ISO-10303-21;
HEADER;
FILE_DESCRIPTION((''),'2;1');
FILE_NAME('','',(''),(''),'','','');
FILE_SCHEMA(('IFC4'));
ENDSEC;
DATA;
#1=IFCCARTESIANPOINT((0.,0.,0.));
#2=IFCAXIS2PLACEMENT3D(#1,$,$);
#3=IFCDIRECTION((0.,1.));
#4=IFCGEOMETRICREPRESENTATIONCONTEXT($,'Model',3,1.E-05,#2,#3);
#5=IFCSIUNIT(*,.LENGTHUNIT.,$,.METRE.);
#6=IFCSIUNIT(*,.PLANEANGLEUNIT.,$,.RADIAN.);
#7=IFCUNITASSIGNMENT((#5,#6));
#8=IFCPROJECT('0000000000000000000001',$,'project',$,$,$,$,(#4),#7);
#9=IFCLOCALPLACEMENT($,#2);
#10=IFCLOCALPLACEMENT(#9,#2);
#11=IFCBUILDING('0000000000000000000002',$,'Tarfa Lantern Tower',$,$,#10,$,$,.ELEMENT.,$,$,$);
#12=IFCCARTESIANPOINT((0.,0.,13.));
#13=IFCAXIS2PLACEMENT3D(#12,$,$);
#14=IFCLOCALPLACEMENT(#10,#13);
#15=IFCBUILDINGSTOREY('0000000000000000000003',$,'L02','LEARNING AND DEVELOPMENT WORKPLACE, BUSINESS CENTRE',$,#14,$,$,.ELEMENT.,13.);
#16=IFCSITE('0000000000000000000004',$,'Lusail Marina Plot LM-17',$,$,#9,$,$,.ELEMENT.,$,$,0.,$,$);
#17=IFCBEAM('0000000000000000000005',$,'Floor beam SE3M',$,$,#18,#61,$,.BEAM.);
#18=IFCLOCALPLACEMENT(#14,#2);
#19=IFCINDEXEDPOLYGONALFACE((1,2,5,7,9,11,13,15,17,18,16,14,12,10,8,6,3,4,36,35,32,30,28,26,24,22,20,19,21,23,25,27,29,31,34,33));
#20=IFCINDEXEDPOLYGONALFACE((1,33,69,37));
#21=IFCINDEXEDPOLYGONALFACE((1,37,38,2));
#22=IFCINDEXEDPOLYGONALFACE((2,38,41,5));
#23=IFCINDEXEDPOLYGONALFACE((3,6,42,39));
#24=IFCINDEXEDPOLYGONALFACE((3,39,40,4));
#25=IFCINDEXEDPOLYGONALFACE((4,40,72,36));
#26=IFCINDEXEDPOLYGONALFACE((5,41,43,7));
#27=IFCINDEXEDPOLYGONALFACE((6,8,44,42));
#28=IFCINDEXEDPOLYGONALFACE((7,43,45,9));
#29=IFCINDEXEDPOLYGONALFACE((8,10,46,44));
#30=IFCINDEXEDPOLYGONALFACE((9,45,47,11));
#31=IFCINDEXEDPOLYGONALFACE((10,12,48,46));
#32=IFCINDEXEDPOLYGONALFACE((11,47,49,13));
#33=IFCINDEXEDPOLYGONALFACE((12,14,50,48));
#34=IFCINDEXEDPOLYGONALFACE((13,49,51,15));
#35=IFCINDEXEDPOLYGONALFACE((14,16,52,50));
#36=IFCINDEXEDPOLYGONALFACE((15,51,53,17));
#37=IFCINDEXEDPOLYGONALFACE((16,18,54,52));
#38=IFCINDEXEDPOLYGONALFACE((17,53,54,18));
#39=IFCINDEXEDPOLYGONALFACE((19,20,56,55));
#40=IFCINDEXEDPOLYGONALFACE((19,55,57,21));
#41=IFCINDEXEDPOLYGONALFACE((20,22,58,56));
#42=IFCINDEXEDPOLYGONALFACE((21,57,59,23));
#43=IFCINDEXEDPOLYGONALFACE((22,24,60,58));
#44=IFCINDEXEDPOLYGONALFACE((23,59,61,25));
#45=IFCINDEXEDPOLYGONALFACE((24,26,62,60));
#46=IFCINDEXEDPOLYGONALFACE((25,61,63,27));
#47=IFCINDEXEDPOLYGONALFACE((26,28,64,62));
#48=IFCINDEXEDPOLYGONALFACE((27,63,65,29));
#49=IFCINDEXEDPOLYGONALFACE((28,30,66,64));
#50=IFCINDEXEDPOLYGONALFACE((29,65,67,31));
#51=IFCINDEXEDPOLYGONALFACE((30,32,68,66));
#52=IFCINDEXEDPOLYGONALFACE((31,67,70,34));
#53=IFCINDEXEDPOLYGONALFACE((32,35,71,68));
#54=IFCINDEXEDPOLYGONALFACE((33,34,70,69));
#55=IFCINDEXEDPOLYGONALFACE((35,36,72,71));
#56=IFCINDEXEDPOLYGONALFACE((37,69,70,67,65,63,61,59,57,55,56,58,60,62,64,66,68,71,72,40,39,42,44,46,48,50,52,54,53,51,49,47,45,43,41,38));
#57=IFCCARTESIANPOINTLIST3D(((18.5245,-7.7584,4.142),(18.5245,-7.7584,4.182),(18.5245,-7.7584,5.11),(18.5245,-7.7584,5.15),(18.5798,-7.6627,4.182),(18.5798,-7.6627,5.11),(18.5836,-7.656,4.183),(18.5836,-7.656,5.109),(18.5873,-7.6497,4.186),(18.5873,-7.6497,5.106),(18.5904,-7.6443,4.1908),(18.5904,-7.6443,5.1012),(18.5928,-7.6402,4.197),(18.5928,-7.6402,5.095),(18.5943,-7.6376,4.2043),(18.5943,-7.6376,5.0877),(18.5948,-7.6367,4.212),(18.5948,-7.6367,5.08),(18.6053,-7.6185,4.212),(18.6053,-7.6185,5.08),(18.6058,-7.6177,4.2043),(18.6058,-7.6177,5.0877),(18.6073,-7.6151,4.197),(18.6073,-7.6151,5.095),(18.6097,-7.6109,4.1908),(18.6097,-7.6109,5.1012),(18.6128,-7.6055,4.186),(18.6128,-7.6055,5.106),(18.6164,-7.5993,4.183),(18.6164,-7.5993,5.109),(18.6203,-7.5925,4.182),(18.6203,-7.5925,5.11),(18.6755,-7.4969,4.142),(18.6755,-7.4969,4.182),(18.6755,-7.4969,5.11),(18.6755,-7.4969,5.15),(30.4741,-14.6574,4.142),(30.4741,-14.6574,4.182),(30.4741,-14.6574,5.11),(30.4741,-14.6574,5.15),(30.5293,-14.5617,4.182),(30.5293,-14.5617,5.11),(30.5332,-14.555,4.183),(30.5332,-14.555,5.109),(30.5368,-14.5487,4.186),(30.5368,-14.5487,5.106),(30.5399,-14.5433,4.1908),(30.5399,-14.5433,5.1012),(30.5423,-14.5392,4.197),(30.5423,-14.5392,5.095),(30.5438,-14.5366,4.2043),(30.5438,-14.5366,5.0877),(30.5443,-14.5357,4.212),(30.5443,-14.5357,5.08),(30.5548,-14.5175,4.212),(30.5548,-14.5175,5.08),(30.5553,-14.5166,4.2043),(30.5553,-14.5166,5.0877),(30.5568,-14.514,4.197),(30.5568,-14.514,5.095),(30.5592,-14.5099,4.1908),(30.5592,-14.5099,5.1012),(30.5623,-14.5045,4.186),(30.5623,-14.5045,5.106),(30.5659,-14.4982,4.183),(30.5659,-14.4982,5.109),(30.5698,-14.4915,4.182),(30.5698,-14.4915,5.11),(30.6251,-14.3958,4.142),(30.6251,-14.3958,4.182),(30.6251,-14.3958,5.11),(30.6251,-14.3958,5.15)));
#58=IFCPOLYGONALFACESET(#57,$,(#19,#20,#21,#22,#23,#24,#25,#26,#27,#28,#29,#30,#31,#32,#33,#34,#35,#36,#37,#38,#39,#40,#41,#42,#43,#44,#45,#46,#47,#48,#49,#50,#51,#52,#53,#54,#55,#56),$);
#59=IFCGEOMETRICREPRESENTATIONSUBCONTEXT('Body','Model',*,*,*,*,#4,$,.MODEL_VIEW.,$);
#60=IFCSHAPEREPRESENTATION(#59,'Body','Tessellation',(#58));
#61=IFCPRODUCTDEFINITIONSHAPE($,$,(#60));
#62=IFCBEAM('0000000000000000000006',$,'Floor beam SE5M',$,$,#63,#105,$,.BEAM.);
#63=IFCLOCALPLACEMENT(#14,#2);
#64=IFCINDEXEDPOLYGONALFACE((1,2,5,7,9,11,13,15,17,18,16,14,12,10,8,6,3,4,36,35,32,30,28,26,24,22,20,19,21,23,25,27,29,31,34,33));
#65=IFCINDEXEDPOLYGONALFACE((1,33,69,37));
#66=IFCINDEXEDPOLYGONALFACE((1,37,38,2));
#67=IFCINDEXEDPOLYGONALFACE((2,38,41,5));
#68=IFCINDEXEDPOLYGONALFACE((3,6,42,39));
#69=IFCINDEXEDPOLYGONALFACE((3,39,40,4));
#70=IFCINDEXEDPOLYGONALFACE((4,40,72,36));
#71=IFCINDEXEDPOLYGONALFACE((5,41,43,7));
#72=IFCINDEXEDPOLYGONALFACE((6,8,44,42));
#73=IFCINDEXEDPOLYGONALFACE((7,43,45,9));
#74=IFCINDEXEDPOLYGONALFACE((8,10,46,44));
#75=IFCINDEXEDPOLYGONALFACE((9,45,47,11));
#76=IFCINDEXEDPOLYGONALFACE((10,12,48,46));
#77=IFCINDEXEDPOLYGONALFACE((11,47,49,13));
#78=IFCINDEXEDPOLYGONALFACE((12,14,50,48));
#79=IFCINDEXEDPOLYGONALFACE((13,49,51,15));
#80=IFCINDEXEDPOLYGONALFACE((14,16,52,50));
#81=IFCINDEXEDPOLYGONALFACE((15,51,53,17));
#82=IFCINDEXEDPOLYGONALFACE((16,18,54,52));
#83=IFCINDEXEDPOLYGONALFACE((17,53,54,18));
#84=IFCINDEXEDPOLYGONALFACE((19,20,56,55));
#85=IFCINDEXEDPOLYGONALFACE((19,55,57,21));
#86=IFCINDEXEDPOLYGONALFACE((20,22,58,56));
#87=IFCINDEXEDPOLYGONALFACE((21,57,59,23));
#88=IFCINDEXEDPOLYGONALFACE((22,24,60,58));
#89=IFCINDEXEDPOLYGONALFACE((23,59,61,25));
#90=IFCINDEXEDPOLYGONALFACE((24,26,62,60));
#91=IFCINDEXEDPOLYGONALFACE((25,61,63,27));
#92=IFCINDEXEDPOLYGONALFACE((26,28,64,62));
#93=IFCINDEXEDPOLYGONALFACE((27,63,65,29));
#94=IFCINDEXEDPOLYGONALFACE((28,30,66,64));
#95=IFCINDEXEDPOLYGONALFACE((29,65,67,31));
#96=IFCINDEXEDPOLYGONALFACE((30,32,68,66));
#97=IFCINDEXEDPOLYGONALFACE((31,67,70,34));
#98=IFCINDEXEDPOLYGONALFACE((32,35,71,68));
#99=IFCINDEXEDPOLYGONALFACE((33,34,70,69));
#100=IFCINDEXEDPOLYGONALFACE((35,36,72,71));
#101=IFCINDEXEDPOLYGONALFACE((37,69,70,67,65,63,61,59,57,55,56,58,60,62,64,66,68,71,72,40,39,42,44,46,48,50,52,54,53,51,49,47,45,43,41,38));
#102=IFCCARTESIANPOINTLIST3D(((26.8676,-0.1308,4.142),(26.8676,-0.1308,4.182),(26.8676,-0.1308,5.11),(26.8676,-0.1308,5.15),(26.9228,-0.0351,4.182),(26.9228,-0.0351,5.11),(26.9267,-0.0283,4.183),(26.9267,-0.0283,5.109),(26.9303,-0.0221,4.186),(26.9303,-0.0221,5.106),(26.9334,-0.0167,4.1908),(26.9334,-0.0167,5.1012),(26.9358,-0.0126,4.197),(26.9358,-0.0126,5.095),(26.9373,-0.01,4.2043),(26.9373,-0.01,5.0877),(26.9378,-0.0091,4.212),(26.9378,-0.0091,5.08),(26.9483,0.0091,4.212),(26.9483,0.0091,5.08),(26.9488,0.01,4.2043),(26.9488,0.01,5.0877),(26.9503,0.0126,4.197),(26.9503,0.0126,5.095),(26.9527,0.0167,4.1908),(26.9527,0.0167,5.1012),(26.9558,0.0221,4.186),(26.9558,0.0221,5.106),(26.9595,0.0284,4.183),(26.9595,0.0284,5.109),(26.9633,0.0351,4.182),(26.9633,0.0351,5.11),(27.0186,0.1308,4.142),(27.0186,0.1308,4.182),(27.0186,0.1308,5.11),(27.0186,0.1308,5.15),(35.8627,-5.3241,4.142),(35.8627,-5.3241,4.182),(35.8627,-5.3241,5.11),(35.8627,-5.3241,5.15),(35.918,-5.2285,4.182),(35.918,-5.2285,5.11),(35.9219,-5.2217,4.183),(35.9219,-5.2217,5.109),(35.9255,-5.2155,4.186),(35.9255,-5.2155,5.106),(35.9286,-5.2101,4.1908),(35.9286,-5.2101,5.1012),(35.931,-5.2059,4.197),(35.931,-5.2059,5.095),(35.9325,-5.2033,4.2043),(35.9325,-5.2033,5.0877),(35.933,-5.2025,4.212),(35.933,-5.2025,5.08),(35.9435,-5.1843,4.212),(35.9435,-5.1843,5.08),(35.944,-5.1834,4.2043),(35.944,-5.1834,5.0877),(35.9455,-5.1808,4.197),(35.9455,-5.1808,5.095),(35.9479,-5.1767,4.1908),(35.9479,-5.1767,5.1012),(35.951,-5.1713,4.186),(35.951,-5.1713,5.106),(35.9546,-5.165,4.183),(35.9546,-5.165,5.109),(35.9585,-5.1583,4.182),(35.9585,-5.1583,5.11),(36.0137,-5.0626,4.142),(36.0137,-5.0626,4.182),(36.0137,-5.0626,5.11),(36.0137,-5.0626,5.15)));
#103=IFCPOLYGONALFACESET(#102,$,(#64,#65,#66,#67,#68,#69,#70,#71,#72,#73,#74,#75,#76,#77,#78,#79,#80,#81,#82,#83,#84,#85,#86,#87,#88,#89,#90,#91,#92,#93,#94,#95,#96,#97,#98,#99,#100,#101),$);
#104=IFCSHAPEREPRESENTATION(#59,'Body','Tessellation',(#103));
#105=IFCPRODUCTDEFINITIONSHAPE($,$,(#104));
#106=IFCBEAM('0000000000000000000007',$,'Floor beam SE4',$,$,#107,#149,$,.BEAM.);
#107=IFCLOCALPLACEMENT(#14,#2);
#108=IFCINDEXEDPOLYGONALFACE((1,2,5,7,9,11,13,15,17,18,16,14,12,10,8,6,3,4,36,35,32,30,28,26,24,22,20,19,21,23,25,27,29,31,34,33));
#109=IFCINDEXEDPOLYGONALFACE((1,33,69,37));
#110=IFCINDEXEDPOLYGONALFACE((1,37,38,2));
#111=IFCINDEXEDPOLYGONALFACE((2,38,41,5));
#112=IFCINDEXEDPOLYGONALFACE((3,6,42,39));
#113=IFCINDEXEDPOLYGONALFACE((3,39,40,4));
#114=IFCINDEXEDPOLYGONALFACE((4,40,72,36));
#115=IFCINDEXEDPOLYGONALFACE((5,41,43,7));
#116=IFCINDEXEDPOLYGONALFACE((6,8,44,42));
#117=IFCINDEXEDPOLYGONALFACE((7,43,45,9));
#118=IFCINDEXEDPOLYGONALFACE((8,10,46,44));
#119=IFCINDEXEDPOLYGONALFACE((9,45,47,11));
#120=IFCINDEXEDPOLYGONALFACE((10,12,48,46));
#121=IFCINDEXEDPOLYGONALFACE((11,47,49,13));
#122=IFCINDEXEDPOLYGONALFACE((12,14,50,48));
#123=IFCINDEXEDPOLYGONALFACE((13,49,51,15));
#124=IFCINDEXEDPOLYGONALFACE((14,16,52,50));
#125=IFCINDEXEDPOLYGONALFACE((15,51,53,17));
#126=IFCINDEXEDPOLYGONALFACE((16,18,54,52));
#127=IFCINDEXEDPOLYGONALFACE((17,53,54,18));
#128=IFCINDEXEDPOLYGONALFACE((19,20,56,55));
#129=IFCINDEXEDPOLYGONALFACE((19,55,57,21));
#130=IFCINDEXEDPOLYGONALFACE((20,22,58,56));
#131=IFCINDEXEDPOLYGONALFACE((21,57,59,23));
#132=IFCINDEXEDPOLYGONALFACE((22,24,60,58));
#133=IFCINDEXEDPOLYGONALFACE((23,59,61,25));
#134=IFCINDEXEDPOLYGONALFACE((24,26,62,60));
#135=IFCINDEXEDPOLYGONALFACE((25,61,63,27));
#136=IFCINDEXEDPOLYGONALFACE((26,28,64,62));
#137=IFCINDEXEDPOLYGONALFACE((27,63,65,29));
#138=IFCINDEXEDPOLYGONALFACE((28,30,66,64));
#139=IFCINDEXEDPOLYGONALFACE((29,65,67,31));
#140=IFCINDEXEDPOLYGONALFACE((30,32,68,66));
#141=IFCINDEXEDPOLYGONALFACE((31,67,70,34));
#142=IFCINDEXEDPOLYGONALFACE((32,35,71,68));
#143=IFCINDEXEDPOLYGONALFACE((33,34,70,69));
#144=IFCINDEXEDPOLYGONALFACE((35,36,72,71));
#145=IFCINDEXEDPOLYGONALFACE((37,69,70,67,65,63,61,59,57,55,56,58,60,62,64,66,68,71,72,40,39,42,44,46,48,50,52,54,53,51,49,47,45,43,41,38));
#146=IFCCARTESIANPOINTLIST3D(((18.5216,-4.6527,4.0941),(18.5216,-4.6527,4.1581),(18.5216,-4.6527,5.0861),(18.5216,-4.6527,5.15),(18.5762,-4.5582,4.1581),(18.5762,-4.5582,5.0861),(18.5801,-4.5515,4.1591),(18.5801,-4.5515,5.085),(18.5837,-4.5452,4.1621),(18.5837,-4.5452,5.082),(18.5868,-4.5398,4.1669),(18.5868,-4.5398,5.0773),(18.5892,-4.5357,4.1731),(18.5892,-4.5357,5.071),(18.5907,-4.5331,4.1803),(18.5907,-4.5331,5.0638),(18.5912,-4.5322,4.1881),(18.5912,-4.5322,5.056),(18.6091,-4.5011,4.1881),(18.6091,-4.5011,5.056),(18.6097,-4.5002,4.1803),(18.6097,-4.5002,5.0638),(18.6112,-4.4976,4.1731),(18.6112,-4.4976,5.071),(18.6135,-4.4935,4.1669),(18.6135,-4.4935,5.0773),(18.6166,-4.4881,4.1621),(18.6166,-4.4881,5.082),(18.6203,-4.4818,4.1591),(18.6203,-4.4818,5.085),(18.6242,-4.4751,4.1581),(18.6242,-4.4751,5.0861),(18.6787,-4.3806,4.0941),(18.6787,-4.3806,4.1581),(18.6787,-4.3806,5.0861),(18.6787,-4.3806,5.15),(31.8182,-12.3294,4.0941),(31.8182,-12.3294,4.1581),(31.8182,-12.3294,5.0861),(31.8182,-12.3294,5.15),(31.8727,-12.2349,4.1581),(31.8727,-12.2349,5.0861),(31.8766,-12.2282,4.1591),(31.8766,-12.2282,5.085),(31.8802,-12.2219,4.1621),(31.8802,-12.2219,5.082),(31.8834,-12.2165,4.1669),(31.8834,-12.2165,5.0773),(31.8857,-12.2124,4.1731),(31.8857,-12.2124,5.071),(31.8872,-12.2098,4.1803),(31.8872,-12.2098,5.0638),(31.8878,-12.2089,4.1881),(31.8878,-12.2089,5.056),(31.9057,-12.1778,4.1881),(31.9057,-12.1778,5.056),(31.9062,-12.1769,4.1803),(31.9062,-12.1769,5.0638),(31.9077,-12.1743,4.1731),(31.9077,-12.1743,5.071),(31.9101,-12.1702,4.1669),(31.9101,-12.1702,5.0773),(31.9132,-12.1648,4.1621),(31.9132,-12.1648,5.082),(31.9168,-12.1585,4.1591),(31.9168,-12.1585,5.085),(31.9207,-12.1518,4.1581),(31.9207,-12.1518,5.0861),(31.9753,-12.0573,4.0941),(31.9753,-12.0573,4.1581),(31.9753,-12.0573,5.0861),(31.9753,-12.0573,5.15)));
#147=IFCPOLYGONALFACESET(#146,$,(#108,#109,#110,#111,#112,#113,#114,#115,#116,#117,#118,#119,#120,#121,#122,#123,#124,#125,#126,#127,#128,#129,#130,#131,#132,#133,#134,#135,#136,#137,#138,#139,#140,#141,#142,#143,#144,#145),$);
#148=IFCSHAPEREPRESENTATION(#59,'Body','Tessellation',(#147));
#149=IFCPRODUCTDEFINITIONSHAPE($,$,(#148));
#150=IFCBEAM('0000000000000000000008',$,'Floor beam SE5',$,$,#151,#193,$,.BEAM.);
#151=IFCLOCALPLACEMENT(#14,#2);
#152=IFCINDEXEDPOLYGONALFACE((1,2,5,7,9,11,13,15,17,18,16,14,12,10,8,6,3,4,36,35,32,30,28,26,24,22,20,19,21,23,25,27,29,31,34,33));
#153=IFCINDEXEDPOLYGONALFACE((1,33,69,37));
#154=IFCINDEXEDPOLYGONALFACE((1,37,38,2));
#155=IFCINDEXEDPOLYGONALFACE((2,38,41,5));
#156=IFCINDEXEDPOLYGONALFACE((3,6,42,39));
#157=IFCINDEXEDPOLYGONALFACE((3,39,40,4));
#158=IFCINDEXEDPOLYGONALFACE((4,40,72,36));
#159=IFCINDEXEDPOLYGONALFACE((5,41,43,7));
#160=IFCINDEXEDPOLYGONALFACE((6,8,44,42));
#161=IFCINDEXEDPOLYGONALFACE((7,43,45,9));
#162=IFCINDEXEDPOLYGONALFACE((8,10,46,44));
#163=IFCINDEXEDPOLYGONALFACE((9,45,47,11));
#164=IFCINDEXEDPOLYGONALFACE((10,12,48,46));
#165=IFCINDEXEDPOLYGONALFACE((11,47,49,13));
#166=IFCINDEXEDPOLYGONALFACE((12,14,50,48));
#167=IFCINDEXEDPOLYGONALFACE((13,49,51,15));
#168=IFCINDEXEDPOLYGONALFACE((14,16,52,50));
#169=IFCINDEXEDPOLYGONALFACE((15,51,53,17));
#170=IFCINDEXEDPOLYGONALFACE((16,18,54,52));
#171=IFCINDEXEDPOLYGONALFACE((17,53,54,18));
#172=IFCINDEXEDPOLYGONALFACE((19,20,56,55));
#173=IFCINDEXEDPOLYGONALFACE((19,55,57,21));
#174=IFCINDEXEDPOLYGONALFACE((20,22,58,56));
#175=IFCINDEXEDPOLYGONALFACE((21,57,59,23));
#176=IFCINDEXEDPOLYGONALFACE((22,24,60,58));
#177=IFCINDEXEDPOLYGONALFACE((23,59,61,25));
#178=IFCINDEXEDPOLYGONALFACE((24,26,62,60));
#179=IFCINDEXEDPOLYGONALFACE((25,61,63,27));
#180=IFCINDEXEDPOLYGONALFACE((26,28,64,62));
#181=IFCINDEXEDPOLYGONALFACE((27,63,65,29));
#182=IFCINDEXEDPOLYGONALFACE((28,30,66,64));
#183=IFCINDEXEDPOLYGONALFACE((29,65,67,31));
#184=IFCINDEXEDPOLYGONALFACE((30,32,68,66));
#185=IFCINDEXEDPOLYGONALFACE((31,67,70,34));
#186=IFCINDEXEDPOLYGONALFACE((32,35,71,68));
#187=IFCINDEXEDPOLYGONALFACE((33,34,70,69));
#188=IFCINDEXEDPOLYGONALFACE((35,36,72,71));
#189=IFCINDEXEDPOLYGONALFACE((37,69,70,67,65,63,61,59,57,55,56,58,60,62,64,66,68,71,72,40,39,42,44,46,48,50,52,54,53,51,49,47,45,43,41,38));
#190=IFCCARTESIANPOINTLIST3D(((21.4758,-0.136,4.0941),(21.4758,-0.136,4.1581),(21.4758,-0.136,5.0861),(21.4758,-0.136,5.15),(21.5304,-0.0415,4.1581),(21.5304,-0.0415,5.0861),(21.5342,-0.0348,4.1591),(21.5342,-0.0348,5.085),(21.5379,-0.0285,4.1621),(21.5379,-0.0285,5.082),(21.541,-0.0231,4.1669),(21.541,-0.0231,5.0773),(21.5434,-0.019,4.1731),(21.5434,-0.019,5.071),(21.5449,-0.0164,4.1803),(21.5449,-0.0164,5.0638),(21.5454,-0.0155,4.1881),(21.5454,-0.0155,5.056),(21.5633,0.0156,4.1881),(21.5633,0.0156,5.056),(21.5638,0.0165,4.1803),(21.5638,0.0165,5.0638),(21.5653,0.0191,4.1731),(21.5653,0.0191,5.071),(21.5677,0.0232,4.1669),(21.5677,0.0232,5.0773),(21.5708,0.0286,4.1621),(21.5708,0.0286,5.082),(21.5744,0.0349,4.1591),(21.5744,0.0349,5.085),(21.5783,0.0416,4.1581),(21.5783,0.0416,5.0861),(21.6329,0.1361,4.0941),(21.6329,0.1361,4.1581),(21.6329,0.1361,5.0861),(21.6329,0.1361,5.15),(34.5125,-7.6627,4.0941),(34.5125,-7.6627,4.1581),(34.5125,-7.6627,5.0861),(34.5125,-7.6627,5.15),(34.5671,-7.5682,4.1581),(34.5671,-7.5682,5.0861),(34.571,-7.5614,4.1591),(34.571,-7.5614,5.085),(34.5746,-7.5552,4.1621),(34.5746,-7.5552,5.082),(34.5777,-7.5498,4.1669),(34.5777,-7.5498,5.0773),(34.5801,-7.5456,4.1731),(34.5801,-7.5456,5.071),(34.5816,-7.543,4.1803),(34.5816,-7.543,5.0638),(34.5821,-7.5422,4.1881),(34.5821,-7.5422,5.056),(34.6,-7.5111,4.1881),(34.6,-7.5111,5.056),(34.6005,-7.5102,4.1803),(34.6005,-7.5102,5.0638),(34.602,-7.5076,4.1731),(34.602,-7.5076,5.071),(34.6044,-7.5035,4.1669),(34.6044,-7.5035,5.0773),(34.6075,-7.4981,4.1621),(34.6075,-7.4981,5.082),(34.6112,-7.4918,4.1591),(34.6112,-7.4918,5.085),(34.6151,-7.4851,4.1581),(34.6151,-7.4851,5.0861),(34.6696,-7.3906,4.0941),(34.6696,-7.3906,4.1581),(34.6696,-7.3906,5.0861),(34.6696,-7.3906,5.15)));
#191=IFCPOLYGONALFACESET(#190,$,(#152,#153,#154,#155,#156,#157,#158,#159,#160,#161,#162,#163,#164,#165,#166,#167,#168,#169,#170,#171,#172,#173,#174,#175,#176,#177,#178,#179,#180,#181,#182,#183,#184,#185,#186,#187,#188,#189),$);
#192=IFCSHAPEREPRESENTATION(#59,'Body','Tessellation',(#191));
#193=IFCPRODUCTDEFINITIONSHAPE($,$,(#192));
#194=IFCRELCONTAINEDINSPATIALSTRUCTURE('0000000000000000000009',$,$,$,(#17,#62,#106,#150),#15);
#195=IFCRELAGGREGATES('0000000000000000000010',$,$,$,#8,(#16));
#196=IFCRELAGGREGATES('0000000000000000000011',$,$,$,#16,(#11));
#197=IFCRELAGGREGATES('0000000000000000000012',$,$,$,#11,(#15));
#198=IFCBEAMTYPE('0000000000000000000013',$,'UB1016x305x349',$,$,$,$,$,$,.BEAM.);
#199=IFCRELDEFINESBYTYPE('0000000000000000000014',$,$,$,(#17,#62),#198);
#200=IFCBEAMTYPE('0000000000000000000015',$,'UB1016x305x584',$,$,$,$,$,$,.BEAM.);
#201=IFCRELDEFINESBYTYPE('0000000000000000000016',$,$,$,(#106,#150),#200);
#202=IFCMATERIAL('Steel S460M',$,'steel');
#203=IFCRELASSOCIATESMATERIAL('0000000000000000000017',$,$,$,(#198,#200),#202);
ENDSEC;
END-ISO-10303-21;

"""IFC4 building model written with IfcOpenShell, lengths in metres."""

from ifc_helpers import new_model, si_unit, direction, frame, origin, origin_2d, place, context, subcontext, project, spatial, i_section, extrude, material, material_profile, profile_set, type_object, element, save


model = new_model("IFC4")

# Units and contexts
model_context = context("Model", 3, precision=1e-05, world=origin(), true_north=direction((0.0, 1.0)))
body_context = subcontext(model_context, "Body", "Model", "MODEL_VIEW")
ifc_project = project(units=[si_unit("LENGTHUNIT", "METRE"), si_unit("PLANEANGLEUNIT", "RADIAN")], contexts=[model_context])

# Site, building, storey
site_placement = place(None, origin())
site = spatial("IfcSite", under=ifc_project, at=site_placement, Name="Lusail Marina Plot LM-17", CompositionType="ELEMENT", RefElevation=0.0)
building_placement = place(site_placement, origin())
building = spatial("IfcBuilding", under=site, at=building_placement, Name="Tarfa Lantern Tower", CompositionType="ELEMENT")
storey_placement = place(building_placement, frame((0.0, 0.0, 13.0)))
storey = spatial("IfcBuildingStorey", under=building, at=storey_placement, Name="L02", Description="LEARNING AND DEVELOPMENT WORKPLACE, BUSINESS CENTRE", CompositionType="ELEMENT", Elevation=13.0)

# Beams
ifc_material_1 = material(Name="Steel S460M", Category="steel")
ifc_material_profile_1 = material_profile(ifc_material_1, i_section(OverallWidth=0.302, OverallDepth=1.0081, WebThickness=0.021, FlangeThickness=0.04, FilletRadius=0.03, at=origin_2d()), Name="UB1016x305x349")
ifc_profile_set_1 = profile_set([ifc_material_profile_1], Name="Steel S460M")
beam_type_1 = type_object("IfcBeamType", Name="UB1016x305x349", PredefinedType="BEAM", material=ifc_profile_set_1)
beam_1_placement = place(storey_placement, frame((30.5496, -14.5266, 4.646), z_axis=(-0.866029, 0.499995, 0.0), x_axis=(-0.499995, -0.866029, 0.0)))
element("IfcBeam", 1, at=beam_1_placement, inside=storey, type_object=beam_type_1, Name="Floor beam SE3M", PredefinedType="BEAM", context=body_context, shape_type="SweptSolid", body=[
    extrude(i_section(OverallWidth=0.302, OverallDepth=1.0081, WebThickness=0.021, FlangeThickness=0.04, FilletRadius=0.03, at=origin_2d()), origin(), (0.0, 0.0, 1.0), 13.7981),
])
beam_2_placement = place(storey_placement, frame((35.9382, -5.1934, 4.646), z_axis=(-0.866024, 0.500002, 0.0), x_axis=(-0.500002, -0.866024, 0.0)))
element("IfcBeam", 2, at=beam_2_placement, inside=storey, type_object=beam_type_1, Name="Floor beam SE5M", PredefinedType="BEAM", context=body_context, shape_type="SweptSolid", body=[
    extrude(i_section(OverallWidth=0.302, OverallDepth=1.0081, WebThickness=0.021, FlangeThickness=0.04, FilletRadius=0.03, at=origin_2d()), origin(), (0.0, 0.0, 1.0), 10.3867),
])
ifc_material_profile_2 = material_profile(ifc_material_1, i_section(OverallWidth=0.3142, OverallDepth=1.0559, WebThickness=0.0359, FlangeThickness=0.064, FilletRadius=0.03, at=origin_2d()), Name="UB1016x305x584")
ifc_profile_set_2 = profile_set([ifc_material_profile_2], Name="Steel S460M")
beam_type_2 = type_object("IfcBeamType", Name="UB1016x305x584", PredefinedType="BEAM", material=ifc_profile_set_2)
beam_3_placement = place(storey_placement, frame((31.8967, -12.1934, 4.6221), z_axis=(-0.866027, 0.499997, 0.0), x_axis=(-0.499997, -0.866027, 0.0)))
element("IfcBeam", 3, at=beam_3_placement, inside=storey, type_object=beam_type_2, Name="Floor beam SE4", PredefinedType="BEAM", context=body_context, shape_type="SweptSolid", body=[
    extrude(i_section(OverallWidth=0.3142, OverallDepth=1.0559, WebThickness=0.0359, FlangeThickness=0.064, FilletRadius=0.03, at=origin_2d()), origin(), (0.0, 0.0, 1.0), 15.3535),
])
beam_4_placement = place(storey_placement, frame((34.5911, -7.5266, 4.6221), z_axis=(-0.866028, 0.499996, 0.0), x_axis=(-0.499996, -0.866028, 0.0)))
element("IfcBeam", 4, at=beam_4_placement, inside=storey, type_object=beam_type_2, Name="Floor beam SE5", PredefinedType="BEAM", context=body_context, shape_type="SweptSolid", body=[
    extrude(i_section(OverallWidth=0.3142, OverallDepth=1.0559, WebThickness=0.0359, FlangeThickness=0.064, FilletRadius=0.03, at=origin_2d()), origin(), (0.0, 0.0, 1.0), 15.0535),
])

save(model, "model.ifc")
